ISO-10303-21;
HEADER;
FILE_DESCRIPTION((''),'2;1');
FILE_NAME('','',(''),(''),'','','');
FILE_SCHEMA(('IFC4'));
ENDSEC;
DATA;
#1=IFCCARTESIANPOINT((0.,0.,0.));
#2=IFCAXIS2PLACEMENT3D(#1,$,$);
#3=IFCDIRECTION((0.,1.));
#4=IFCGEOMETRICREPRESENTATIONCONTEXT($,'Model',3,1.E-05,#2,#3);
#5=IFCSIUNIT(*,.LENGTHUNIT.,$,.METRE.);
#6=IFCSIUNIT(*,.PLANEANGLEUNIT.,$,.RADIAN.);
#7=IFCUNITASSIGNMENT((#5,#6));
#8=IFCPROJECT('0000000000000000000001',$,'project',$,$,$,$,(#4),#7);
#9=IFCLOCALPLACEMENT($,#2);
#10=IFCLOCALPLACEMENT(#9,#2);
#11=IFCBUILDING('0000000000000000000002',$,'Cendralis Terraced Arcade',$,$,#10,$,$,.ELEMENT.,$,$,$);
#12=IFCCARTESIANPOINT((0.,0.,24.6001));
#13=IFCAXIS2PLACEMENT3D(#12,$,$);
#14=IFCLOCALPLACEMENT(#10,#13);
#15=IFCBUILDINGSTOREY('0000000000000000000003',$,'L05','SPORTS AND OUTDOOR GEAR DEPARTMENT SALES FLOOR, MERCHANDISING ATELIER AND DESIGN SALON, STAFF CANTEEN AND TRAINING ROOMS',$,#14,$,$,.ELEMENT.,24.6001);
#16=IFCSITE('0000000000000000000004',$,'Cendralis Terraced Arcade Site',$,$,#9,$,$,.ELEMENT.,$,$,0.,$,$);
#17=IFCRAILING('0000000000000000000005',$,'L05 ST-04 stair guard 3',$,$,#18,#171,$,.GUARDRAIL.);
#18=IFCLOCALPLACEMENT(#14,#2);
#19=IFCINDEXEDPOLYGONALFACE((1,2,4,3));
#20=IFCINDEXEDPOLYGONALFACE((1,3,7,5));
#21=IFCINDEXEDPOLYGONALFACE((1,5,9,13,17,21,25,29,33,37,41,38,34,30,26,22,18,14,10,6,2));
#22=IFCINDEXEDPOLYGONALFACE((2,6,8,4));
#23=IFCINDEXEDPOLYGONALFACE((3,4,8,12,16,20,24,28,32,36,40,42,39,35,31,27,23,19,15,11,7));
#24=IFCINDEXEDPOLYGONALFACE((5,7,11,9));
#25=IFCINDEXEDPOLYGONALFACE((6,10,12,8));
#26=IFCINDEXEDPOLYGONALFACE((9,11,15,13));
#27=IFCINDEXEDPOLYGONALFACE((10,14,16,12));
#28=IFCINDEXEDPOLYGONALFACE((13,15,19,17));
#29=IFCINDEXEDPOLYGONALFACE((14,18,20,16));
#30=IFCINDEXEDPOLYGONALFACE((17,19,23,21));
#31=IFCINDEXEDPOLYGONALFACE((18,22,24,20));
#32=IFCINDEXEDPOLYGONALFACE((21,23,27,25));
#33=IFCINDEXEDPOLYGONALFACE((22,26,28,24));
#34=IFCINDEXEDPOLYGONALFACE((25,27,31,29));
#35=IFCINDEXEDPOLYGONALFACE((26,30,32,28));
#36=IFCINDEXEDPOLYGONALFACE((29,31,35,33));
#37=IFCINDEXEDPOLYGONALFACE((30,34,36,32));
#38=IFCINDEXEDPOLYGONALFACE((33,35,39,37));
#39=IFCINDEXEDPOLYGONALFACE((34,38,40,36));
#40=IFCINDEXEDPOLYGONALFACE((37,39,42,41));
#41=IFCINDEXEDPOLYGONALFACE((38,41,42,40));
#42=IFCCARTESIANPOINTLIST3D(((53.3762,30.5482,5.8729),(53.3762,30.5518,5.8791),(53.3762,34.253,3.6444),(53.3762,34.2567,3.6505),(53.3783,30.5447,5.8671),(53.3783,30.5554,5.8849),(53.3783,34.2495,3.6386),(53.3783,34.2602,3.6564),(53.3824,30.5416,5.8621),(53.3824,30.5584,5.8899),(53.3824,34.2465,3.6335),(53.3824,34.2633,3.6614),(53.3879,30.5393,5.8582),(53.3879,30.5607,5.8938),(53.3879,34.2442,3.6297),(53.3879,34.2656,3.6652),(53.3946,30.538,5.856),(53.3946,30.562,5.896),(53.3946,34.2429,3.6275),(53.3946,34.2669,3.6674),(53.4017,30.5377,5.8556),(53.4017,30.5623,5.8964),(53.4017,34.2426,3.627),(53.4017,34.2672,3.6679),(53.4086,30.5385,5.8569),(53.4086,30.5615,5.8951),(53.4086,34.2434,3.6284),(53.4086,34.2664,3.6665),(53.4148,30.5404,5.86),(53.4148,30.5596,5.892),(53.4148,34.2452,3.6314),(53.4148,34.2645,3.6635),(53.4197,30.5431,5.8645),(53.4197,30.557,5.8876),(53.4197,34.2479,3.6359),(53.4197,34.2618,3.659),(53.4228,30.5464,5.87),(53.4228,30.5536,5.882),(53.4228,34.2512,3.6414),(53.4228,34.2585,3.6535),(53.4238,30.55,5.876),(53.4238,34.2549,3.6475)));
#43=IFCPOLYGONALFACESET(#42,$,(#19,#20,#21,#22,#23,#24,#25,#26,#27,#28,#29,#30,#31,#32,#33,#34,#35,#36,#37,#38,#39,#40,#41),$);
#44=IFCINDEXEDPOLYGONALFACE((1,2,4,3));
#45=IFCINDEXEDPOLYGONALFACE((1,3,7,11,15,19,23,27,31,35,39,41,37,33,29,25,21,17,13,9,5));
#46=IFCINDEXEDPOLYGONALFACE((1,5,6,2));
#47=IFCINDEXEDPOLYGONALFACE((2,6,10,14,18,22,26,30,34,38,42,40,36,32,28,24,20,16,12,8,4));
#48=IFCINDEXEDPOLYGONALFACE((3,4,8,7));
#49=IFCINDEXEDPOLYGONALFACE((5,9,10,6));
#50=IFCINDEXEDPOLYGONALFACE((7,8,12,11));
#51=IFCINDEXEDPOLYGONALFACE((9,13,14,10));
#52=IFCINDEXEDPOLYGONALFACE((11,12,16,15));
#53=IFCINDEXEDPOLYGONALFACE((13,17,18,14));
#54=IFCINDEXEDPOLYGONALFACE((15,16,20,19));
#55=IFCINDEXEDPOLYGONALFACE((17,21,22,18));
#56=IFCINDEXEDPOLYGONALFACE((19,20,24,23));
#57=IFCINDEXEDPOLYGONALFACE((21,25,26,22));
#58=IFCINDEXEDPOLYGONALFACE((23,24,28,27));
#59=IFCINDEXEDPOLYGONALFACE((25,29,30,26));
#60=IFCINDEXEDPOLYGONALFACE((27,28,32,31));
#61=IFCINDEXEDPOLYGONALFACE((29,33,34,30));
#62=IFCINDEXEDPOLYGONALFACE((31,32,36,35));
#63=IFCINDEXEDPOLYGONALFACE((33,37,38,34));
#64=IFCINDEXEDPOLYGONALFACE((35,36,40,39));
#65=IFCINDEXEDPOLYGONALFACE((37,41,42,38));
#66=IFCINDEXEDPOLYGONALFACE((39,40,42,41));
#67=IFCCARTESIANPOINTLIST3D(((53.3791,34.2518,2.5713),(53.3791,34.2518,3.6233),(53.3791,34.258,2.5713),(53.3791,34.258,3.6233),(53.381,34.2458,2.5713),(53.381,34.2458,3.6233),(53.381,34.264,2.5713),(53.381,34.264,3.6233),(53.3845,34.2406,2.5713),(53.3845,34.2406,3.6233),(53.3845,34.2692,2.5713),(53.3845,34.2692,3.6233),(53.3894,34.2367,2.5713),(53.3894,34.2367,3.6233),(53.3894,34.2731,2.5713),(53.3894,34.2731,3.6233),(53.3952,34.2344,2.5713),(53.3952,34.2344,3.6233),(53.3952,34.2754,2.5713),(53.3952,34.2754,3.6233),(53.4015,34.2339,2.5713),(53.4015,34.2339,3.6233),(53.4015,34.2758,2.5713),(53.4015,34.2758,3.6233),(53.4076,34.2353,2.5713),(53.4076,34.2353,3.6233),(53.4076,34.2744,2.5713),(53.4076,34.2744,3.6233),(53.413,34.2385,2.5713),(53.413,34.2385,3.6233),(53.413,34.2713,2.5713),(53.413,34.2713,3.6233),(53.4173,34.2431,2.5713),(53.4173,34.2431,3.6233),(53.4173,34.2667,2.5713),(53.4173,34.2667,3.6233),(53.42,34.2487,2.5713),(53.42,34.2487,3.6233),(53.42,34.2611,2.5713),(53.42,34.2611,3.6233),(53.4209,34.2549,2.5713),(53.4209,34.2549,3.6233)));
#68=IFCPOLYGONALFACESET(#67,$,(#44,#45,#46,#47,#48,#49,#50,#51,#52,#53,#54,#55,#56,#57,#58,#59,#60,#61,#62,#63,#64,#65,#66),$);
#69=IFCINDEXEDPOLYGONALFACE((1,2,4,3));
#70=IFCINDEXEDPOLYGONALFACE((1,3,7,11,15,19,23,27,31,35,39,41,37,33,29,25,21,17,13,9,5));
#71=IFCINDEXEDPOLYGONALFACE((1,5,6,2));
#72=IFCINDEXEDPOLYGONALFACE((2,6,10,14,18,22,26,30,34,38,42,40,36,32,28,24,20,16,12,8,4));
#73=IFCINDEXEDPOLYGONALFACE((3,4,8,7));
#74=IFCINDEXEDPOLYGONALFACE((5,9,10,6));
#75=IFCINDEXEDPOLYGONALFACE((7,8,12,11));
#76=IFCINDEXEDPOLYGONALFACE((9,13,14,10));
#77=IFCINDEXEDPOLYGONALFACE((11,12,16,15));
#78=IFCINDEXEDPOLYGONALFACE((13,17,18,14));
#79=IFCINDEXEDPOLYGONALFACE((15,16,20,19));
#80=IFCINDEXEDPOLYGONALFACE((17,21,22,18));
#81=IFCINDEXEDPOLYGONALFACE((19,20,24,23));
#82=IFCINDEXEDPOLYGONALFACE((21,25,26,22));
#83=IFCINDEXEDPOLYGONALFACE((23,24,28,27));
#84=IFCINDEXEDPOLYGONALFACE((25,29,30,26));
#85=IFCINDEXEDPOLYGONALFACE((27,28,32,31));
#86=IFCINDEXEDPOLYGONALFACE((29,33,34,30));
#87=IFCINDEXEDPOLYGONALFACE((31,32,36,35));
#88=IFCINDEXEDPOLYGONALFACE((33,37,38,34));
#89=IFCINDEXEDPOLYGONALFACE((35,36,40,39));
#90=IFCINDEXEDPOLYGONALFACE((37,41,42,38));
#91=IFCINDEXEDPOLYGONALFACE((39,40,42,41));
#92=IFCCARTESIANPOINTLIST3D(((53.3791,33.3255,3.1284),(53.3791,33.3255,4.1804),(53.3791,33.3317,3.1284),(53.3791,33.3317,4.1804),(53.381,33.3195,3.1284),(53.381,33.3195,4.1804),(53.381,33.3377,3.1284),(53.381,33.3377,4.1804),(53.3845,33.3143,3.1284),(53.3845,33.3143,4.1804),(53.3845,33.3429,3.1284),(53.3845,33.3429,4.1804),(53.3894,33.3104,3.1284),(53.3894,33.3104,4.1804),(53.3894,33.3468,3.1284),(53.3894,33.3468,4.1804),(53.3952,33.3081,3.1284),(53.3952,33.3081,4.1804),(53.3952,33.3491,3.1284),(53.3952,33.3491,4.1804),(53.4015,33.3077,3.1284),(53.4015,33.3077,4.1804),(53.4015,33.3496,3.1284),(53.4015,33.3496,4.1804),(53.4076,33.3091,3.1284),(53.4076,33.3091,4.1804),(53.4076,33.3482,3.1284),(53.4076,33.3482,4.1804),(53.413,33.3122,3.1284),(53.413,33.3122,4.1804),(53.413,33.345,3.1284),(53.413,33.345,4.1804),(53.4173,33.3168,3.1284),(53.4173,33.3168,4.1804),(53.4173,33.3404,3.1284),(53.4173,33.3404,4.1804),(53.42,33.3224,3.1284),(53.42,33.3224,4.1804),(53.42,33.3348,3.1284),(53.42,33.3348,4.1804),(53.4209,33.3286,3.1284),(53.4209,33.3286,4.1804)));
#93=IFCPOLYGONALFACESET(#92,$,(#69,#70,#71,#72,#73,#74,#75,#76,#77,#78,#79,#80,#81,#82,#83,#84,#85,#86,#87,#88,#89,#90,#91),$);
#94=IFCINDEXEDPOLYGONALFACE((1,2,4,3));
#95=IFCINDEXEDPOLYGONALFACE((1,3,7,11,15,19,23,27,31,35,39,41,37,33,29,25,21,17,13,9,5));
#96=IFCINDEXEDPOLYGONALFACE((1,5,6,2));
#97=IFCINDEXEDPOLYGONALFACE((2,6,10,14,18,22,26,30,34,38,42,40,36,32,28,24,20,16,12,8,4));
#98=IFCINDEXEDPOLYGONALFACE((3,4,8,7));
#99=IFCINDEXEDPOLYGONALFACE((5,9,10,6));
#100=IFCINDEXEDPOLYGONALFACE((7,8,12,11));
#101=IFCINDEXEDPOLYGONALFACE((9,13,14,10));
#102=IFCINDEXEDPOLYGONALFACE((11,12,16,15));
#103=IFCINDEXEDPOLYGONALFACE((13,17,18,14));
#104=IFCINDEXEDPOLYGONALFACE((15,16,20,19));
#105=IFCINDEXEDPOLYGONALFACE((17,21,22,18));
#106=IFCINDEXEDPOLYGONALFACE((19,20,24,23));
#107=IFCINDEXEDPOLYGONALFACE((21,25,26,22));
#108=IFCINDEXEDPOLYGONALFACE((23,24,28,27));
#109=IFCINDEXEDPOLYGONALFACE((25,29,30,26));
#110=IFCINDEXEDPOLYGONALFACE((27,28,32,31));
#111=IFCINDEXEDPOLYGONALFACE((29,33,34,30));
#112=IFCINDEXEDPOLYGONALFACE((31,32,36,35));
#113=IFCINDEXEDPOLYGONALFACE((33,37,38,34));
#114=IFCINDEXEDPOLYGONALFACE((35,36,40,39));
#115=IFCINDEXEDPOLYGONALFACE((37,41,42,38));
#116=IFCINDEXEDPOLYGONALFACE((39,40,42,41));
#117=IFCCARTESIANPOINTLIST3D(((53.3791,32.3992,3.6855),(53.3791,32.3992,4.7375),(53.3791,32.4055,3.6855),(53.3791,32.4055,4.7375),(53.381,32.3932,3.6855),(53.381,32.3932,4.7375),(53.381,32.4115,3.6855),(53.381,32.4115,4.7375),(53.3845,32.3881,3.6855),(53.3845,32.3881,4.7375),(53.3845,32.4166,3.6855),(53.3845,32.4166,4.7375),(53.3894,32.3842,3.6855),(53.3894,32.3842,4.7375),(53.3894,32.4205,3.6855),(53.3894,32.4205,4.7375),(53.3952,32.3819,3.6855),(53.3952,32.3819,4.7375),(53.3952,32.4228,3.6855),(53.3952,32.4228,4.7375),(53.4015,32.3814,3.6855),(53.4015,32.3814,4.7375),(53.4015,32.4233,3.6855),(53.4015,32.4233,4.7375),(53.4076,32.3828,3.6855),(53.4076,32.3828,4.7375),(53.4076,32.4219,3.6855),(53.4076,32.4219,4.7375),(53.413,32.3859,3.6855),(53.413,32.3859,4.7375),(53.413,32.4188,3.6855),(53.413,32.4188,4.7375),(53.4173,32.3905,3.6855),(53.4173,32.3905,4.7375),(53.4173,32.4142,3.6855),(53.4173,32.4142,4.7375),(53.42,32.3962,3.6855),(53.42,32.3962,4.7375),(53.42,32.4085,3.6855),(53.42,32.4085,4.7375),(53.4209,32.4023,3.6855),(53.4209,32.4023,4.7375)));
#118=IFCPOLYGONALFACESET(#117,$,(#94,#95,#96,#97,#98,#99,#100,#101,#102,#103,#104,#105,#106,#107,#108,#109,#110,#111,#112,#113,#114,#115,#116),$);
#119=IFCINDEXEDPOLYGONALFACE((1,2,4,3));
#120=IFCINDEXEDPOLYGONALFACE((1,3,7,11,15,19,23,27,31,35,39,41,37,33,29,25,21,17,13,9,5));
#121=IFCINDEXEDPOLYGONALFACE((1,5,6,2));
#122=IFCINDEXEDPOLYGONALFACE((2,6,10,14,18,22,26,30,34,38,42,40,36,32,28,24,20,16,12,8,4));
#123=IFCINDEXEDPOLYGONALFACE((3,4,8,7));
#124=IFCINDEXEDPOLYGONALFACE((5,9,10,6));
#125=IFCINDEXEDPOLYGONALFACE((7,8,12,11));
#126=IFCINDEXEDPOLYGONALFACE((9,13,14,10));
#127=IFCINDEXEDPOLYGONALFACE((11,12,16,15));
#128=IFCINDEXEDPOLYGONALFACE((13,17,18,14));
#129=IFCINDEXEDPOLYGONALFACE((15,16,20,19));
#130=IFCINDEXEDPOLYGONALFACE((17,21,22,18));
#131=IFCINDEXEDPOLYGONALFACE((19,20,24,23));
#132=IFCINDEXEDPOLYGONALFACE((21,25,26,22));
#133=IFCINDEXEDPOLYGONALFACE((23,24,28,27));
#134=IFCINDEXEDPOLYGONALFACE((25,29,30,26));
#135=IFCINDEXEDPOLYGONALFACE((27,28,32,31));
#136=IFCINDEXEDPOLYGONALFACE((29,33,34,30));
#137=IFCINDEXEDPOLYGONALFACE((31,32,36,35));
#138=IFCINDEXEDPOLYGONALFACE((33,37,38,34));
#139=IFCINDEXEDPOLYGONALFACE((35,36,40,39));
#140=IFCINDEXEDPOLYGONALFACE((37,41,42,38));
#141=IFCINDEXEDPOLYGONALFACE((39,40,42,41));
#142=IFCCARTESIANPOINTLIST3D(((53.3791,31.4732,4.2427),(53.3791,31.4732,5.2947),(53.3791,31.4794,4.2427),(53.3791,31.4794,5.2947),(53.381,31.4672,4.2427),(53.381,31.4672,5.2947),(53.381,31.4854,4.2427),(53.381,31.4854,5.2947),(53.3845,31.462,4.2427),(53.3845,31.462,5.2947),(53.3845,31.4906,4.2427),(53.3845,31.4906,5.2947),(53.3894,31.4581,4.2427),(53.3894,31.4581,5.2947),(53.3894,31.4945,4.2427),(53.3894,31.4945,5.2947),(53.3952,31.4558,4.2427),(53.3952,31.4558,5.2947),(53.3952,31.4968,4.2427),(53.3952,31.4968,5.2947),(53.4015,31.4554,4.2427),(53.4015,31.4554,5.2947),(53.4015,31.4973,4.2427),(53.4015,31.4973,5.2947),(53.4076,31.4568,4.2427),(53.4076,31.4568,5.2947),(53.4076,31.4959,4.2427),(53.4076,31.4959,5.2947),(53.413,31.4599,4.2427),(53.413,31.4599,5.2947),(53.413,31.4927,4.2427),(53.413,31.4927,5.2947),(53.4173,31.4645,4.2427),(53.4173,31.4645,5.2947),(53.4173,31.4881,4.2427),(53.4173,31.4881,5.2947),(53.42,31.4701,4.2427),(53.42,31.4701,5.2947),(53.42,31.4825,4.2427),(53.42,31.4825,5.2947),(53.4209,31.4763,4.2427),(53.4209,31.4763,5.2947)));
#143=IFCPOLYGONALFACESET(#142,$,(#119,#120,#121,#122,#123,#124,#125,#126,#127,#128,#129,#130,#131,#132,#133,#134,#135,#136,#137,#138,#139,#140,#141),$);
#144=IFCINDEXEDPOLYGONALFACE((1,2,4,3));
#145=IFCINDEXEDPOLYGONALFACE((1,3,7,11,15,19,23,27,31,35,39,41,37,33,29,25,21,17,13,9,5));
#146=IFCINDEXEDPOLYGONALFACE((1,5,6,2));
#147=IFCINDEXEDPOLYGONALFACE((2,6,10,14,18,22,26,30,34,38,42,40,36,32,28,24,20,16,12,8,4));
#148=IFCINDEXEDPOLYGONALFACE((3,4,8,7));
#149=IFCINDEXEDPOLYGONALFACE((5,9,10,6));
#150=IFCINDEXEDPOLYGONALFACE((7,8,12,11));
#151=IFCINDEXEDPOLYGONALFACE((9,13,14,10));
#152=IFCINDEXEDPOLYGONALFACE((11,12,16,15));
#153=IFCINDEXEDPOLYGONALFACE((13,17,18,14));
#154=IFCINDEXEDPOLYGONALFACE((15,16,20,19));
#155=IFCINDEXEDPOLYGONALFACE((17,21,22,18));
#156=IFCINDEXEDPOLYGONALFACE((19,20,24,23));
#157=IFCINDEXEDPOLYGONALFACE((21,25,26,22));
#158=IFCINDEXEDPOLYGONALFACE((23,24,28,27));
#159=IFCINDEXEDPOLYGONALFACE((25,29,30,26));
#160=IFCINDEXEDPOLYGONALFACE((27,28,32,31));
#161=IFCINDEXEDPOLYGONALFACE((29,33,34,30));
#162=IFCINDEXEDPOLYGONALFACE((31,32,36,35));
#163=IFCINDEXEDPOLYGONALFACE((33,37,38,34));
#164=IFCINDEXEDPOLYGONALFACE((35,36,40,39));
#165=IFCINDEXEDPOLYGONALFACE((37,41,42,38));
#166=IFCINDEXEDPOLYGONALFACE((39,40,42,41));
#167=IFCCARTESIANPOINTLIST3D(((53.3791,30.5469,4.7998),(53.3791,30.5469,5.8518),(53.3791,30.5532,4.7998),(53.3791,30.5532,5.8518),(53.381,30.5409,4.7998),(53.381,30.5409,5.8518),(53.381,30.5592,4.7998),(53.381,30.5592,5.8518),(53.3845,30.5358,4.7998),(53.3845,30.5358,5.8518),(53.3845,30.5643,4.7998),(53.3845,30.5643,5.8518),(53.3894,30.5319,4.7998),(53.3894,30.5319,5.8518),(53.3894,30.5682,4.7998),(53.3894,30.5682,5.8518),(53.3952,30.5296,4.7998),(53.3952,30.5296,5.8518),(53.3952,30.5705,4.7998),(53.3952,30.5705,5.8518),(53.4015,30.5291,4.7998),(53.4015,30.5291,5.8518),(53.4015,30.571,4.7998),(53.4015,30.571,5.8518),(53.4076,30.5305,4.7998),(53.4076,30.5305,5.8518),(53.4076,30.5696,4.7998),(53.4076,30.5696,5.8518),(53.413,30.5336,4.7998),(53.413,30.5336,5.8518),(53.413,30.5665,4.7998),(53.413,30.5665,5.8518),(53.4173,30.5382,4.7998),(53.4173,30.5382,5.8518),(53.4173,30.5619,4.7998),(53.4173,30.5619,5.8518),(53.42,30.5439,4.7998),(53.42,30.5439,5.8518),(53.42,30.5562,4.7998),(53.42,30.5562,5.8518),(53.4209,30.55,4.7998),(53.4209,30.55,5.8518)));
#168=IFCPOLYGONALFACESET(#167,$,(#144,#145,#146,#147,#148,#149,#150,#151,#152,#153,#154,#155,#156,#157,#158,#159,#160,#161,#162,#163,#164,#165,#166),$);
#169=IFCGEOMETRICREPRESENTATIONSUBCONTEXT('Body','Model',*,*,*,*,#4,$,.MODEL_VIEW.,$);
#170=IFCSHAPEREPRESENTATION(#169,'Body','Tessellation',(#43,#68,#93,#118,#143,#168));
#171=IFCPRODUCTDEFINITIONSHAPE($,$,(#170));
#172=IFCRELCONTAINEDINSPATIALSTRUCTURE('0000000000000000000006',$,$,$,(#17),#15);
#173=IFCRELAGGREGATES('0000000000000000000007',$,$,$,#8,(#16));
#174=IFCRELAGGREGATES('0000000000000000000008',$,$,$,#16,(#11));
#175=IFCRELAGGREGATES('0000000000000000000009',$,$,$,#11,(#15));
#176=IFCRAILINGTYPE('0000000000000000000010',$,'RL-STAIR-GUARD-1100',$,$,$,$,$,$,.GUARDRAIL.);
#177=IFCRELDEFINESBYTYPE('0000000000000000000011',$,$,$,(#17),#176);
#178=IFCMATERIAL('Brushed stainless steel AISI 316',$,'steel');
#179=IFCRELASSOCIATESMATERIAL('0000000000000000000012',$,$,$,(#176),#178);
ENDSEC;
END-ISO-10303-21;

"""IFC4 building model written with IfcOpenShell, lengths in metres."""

from ifc_helpers import new_model, si_unit, direction, frame, origin, origin_2d, place, context, subcontext, project, spatial, circle, extrude, material, type_object, element, save


model = new_model("IFC4")

# Units and contexts
model_context = context("Model", 3, precision=1e-05, world=origin(), true_north=direction((0.0, 1.0)))
body_context = subcontext(model_context, "Body", "Model", "MODEL_VIEW")
ifc_project = project(units=[si_unit("LENGTHUNIT", "METRE"), si_unit("PLANEANGLEUNIT", "RADIAN")], contexts=[model_context])

# Site, building, storey
site_placement = place(None, origin())
site = spatial("IfcSite", under=ifc_project, at=site_placement, Name="Cendralis Terraced Arcade Site", CompositionType="ELEMENT", RefElevation=0.0)
building_placement = place(site_placement, origin())
building = spatial("IfcBuilding", under=site, at=building_placement, Name="Cendralis Terraced Arcade", CompositionType="ELEMENT")
storey_placement = place(building_placement, frame((0.0, 0.0, 24.6001)))
storey = spatial("IfcBuildingStorey", under=building, at=storey_placement, Name="L05", Description="SPORTS AND OUTDOOR GEAR DEPARTMENT SALES FLOOR, MERCHANDISING ATELIER AND DESIGN SALON, STAFF CANTEEN AND TRAINING ROOMS", CompositionType="ELEMENT", Elevation=24.6001)

# Railing
ifc_material_1 = material(Name="Brushed stainless steel AISI 316", Category="steel")
railing_type_1 = type_object("IfcRailingType", Name="RL-STAIR-GUARD-1100", PredefinedType="GUARDRAIL", material=ifc_material_1)
railing_1_placement = place(storey_placement, frame((53.3999, 34.2549, 2.5713)))
element("IfcRailing", 1, at=railing_1_placement, inside=storey, type_object=railing_type_1, Name="L05 ST-04 stair guard 3", PredefinedType="GUARDRAIL", context=body_context, shape_type="SweptSolid", body=[
    extrude(circle(Radius=0.0239, at=origin_2d()), frame((0.0, 0.0, 1.0762), z_axis=(0.0, -0.856919, 0.51545), x_axis=(1.0, 0.0, 0.0)), (0.0, 0.0, 1.0), 4.3235),
    extrude(circle(Radius=0.021, at=origin_2d()), origin(), (0.0, 0.0, 1.0), 1.052),
    extrude(circle(Radius=0.021, at=origin_2d()), frame((0.0, -0.9263, 0.5571)), (0.0, 0.0, 1.0), 1.052),
    extrude(circle(Radius=0.021, at=origin_2d()), frame((0.0, -1.8525, 1.1143)), (0.0, 0.0, 1.0), 1.052),
    extrude(circle(Radius=0.021, at=origin_2d()), frame((0.0, -2.7786, 1.6714)), (0.0, 0.0, 1.0), 1.052),
    extrude(circle(Radius=0.021, at=origin_2d()), frame((0.0, -3.7048, 2.2285)), (0.0, 0.0, 1.0), 1.052),
])

save(model, "model.ifc")
